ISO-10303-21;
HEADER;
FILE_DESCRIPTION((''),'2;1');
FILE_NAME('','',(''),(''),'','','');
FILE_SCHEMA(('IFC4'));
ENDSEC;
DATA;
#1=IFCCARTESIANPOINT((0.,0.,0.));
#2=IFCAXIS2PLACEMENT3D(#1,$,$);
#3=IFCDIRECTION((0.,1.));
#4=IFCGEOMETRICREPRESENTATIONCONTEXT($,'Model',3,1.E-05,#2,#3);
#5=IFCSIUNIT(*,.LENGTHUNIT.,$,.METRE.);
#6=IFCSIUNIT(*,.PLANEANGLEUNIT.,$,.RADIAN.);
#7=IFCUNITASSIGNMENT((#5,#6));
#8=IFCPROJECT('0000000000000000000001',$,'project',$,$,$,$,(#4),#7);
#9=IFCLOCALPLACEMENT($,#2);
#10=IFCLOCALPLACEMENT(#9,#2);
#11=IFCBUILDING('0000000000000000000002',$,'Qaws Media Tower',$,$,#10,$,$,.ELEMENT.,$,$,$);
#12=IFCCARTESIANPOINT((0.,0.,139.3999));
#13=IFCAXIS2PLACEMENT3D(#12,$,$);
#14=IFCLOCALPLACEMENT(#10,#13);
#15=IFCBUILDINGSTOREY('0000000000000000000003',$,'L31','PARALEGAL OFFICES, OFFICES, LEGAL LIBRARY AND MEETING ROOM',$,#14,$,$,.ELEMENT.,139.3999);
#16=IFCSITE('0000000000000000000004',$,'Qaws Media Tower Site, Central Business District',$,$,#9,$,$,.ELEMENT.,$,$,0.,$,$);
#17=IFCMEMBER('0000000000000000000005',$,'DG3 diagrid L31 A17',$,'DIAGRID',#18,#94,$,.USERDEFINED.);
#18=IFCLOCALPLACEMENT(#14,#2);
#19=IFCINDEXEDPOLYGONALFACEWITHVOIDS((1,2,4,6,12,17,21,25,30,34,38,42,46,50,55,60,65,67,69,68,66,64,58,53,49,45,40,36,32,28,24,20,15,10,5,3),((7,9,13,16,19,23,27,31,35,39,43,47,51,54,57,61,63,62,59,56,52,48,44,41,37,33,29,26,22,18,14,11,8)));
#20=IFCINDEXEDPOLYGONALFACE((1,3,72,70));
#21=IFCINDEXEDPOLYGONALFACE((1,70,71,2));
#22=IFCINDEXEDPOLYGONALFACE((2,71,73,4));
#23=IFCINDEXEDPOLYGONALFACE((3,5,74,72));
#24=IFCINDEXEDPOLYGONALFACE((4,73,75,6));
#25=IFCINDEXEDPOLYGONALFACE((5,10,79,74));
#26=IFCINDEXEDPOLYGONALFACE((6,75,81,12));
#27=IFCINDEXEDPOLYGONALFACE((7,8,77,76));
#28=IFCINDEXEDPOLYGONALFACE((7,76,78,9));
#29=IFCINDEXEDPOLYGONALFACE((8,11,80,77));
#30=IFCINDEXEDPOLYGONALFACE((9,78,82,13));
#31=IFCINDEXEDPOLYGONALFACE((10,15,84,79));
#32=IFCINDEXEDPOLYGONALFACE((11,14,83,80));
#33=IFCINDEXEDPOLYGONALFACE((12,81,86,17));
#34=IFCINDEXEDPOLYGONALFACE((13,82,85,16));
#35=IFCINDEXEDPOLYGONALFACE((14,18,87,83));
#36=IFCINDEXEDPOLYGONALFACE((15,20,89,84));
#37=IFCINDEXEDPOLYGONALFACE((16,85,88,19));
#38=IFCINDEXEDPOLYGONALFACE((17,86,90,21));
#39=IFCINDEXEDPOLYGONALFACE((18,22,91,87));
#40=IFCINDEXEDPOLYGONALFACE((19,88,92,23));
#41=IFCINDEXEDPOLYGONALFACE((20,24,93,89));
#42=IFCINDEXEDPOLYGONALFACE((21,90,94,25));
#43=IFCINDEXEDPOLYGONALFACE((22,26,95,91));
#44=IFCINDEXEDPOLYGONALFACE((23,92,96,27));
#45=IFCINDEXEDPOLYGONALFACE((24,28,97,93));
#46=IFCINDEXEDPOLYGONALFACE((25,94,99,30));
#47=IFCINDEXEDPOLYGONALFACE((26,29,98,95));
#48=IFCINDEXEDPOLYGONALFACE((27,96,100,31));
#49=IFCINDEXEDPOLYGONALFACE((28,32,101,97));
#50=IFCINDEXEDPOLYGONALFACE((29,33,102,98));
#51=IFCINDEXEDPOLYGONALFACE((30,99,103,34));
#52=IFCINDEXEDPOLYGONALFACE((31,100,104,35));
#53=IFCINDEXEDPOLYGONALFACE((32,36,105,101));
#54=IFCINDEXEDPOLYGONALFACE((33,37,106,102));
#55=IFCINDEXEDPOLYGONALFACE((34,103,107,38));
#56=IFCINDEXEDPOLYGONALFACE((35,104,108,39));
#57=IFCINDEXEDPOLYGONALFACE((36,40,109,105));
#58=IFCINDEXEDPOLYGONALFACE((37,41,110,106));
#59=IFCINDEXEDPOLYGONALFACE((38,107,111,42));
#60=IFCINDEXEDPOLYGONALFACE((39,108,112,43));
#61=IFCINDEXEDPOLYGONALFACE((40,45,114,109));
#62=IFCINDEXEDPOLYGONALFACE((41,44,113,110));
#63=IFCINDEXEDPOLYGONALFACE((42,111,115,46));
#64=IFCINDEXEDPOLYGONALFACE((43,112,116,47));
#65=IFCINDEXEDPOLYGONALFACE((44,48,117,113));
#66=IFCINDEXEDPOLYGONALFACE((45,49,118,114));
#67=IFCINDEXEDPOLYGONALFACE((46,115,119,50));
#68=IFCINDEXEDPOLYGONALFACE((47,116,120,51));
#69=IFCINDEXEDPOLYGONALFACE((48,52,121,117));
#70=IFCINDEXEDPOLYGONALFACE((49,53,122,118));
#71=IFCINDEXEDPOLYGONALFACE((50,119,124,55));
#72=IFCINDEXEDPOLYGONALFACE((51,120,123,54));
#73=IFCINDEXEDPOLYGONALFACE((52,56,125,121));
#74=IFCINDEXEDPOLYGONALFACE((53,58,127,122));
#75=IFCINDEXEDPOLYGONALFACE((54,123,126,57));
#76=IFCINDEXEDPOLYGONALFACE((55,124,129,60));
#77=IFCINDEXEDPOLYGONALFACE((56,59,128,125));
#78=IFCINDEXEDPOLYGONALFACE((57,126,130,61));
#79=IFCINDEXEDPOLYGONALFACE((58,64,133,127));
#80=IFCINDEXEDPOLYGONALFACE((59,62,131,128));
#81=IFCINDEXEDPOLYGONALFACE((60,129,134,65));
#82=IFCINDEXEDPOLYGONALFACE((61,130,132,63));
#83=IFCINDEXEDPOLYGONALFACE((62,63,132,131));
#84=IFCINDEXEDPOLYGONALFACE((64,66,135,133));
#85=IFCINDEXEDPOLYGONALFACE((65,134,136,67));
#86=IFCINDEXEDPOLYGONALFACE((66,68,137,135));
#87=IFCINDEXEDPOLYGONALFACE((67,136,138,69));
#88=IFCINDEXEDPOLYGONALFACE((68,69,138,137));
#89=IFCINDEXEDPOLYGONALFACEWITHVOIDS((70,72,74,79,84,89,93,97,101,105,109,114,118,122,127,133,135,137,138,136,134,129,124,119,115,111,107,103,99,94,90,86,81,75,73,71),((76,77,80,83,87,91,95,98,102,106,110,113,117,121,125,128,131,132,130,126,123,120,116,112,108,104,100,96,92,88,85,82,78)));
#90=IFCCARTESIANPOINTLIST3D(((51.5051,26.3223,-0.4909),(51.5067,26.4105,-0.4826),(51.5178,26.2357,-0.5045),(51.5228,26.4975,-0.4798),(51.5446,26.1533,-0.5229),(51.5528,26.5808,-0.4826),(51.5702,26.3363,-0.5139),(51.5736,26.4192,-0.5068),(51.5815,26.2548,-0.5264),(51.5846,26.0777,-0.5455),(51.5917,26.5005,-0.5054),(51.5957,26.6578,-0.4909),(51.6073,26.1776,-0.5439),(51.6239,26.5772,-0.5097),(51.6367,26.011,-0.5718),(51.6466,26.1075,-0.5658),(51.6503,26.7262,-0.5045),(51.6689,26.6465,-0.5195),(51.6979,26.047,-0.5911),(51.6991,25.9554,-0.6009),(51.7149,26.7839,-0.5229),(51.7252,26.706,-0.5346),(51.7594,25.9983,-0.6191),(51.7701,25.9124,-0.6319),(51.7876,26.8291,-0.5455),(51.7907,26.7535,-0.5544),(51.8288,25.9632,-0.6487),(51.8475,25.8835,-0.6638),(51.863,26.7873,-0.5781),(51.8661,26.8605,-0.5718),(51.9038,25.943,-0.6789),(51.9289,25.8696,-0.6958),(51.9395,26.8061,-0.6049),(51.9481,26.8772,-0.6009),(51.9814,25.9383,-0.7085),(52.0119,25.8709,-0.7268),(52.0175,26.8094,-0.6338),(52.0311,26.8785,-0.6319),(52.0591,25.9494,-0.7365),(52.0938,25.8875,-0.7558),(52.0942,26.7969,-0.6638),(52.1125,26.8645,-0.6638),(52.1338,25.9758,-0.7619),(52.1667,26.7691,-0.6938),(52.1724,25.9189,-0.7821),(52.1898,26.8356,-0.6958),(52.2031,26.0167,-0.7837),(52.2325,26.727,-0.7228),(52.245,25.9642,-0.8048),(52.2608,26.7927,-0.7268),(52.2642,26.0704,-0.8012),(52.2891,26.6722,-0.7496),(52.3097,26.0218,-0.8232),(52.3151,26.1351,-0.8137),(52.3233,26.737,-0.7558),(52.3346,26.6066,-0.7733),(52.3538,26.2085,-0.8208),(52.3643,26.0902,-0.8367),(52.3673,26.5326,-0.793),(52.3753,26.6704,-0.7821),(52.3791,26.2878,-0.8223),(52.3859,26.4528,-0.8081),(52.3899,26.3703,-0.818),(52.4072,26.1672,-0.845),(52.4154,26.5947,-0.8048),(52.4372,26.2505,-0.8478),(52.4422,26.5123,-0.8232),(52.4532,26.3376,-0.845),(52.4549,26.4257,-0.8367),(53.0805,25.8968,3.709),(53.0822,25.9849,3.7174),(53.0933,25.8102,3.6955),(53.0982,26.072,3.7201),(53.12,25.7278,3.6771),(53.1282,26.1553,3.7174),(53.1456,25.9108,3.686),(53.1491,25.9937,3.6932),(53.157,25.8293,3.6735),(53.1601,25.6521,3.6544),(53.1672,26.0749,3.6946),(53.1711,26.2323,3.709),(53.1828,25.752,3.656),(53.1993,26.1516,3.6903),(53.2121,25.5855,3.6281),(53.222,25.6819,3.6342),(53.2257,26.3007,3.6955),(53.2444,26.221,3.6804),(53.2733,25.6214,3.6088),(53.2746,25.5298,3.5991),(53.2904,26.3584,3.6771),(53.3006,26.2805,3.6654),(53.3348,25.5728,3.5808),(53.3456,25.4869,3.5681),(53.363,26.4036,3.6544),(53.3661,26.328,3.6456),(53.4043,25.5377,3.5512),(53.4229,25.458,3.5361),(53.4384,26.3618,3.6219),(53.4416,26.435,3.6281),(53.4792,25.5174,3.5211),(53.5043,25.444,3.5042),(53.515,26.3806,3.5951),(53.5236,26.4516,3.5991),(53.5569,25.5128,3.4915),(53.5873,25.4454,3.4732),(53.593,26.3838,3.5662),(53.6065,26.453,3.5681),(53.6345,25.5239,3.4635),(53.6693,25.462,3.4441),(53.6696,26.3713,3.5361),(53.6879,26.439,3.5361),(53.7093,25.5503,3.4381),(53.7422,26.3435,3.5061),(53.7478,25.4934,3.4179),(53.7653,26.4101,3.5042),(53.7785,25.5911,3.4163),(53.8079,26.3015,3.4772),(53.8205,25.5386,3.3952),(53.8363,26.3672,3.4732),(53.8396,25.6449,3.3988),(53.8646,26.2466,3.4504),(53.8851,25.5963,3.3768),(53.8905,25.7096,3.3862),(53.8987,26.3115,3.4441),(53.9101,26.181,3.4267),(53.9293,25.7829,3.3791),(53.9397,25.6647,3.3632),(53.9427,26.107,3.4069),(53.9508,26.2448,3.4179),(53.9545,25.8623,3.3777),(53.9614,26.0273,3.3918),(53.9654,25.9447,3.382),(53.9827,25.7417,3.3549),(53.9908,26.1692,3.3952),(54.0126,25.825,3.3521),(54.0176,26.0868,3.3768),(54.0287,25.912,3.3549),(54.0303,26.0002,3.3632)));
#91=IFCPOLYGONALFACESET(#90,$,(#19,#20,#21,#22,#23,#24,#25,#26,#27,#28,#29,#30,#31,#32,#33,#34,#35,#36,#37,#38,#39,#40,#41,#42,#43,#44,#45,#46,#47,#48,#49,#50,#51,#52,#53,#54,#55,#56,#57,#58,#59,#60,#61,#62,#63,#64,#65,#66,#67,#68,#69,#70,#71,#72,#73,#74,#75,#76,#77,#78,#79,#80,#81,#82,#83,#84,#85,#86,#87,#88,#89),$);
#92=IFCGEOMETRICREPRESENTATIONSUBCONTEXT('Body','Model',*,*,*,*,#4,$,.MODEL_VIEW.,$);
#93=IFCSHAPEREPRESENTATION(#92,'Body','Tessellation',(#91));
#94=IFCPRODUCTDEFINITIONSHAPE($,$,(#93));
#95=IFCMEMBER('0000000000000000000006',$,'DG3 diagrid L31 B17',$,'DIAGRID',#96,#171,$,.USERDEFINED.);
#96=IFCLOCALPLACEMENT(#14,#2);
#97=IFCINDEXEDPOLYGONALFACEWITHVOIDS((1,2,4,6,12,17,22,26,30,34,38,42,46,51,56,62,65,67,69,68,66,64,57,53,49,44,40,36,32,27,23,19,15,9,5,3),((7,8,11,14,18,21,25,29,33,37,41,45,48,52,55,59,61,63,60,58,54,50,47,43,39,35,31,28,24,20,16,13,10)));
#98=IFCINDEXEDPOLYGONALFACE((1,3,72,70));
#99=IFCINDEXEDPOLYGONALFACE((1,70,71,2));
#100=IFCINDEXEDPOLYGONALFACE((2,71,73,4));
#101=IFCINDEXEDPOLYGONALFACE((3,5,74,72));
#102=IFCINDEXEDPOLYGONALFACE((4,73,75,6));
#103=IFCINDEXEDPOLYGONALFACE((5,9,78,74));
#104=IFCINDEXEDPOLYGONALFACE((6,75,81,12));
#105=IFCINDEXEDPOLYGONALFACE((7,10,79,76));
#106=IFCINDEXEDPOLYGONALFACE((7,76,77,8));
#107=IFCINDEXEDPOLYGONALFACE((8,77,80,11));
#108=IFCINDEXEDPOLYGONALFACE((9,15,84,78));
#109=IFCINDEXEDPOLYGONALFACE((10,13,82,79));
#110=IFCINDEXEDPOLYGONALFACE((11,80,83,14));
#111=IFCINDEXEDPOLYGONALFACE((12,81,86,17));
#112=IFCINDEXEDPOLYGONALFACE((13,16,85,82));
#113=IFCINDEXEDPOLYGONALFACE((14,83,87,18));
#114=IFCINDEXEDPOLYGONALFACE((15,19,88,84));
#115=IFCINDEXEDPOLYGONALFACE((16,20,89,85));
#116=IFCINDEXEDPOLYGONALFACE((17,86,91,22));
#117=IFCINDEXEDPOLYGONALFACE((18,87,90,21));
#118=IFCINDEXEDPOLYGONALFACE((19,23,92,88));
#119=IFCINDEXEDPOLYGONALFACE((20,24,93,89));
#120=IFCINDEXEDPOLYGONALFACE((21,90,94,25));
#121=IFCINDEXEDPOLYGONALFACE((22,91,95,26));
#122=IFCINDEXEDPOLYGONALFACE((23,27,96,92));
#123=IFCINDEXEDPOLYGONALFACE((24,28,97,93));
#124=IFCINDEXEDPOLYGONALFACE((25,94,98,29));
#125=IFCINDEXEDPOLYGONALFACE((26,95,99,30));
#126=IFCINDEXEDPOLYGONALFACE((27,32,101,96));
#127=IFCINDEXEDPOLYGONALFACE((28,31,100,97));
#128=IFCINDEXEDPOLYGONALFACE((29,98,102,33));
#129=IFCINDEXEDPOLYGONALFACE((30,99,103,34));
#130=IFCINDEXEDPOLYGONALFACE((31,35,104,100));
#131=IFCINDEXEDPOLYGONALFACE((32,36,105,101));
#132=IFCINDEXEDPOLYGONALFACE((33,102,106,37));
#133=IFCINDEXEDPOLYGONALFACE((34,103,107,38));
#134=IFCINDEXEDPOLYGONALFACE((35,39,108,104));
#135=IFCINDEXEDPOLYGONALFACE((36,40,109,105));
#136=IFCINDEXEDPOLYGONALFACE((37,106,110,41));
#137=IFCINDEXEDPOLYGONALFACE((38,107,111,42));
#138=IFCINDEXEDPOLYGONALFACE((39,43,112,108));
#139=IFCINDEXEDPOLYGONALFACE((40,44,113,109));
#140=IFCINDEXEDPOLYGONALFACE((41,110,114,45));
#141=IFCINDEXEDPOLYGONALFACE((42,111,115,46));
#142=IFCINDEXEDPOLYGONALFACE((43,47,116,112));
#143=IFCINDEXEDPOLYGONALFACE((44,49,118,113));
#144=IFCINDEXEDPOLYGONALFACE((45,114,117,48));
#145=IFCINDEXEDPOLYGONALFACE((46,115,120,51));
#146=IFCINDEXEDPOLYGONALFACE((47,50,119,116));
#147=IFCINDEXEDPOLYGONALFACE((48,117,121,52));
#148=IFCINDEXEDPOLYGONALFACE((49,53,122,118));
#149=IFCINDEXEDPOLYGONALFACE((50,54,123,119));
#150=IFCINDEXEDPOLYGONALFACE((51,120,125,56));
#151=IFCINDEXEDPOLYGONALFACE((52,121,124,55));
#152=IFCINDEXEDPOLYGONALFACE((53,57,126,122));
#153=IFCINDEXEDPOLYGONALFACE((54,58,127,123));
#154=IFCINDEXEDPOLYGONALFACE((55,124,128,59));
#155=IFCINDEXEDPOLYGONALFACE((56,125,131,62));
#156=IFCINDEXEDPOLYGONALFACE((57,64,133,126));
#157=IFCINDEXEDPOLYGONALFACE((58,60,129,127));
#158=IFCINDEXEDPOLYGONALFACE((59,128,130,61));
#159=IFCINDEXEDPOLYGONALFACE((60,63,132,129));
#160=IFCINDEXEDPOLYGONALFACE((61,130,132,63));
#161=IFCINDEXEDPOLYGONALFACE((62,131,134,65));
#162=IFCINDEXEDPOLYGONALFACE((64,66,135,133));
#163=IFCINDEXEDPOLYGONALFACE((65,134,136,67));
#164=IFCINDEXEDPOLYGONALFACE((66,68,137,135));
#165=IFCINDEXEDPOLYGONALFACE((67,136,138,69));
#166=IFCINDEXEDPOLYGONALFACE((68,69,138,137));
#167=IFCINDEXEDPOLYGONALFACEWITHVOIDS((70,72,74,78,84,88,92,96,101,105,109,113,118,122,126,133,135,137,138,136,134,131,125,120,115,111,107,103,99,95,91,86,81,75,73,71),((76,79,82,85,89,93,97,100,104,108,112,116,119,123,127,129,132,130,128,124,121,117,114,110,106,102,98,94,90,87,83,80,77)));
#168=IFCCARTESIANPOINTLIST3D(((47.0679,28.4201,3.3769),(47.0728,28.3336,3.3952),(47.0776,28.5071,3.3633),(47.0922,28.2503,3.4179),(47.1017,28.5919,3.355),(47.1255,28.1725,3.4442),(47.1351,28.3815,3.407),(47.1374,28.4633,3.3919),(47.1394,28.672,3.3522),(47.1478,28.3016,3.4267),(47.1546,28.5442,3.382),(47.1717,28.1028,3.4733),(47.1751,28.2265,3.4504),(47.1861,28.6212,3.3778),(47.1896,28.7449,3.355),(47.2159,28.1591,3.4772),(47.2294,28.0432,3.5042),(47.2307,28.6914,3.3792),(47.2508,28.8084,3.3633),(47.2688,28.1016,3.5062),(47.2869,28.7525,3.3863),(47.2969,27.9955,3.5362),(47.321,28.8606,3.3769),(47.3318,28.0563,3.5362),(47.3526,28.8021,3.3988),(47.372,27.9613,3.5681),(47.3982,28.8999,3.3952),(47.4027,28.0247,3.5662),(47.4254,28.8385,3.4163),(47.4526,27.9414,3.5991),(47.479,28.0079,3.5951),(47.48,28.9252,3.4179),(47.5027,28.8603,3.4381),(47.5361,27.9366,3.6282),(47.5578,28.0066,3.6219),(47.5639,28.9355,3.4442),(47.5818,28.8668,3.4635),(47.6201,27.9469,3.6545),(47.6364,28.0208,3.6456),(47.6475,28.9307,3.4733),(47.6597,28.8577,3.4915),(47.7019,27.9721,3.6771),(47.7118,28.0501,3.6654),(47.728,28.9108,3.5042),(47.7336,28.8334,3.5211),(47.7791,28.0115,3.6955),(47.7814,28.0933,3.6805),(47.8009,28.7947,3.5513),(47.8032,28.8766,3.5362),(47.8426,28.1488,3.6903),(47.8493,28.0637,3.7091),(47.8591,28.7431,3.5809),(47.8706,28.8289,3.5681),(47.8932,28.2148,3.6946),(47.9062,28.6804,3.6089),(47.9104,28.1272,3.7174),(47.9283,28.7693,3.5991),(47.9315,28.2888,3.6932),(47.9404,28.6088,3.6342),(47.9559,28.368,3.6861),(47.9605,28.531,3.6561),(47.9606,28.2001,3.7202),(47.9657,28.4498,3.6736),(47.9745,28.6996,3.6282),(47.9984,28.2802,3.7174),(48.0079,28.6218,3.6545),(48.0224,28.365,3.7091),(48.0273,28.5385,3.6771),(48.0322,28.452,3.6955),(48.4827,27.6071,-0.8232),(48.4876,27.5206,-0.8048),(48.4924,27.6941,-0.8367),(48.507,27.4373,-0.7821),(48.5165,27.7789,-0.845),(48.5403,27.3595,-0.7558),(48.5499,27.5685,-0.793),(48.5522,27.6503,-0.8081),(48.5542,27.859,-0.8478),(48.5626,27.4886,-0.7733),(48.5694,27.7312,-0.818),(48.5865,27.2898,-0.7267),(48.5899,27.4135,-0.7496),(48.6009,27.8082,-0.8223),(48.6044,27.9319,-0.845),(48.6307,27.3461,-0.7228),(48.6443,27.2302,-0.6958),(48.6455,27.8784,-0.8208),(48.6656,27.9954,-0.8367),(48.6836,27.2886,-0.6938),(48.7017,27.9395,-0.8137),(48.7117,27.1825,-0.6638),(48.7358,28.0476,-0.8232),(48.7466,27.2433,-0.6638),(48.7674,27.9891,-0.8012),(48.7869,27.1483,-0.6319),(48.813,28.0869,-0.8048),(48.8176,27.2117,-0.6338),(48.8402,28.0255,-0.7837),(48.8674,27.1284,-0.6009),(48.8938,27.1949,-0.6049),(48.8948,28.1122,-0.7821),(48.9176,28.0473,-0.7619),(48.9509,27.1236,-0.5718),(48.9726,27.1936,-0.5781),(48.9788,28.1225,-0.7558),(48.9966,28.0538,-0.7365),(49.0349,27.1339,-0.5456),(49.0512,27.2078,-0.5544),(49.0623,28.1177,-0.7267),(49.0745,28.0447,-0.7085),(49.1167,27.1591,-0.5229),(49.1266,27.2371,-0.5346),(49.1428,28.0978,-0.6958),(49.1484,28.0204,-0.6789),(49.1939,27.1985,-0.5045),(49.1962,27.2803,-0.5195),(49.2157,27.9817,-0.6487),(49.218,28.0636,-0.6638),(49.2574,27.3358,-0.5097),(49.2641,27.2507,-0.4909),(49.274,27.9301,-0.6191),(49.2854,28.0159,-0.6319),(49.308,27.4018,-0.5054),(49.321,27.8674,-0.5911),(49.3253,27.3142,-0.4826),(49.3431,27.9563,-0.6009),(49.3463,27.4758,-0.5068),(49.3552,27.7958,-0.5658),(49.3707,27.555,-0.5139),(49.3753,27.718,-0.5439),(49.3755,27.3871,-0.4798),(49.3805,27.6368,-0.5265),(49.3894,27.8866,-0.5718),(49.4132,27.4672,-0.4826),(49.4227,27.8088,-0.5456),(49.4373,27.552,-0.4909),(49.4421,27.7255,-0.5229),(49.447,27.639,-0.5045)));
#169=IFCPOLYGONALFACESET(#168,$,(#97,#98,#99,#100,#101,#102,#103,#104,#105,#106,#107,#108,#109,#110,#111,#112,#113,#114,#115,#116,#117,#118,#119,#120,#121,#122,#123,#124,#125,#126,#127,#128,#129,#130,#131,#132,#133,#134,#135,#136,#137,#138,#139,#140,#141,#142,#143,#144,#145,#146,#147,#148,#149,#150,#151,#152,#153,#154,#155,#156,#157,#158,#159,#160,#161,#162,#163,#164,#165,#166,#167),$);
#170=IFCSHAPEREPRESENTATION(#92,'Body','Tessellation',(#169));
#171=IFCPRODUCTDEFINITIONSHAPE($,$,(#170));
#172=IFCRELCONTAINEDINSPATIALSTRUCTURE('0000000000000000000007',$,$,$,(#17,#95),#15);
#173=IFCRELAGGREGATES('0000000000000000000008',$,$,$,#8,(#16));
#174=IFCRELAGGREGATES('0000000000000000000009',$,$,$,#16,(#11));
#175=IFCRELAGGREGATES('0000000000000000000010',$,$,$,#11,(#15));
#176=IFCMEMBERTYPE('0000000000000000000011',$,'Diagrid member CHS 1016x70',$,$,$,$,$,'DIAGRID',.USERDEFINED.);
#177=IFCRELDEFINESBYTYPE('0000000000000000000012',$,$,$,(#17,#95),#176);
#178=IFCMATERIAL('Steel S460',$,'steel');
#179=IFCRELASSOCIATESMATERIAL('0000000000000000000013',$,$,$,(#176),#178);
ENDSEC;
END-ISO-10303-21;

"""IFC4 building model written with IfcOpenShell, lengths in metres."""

from ifc_helpers import new_model, si_unit, direction, frame, origin, origin_2d, place, context, subcontext, project, spatial, hollow_circle, extrude, material, material_profile, profile_set, type_object, element, save


model = new_model("IFC4")

# Units and contexts
model_context = context("Model", 3, precision=1e-05, world=origin(), true_north=direction((0.0, 1.0)))
body_context = subcontext(model_context, "Body", "Model", "MODEL_VIEW")
ifc_project = project(units=[si_unit("LENGTHUNIT", "METRE"), si_unit("PLANEANGLEUNIT", "RADIAN")], contexts=[model_context])

# Site, building, storey
site_placement = place(None, origin())
site = spatial("IfcSite", under=ifc_project, at=site_placement, Name="Qaws Media Tower Site, Central Business District", CompositionType="ELEMENT", RefElevation=0.0)
building_placement = place(site_placement, origin())
building = spatial("IfcBuilding", under=site, at=building_placement, Name="Qaws Media Tower", CompositionType="ELEMENT")
storey_placement = place(building_placement, frame((0.0, 0.0, 139.3999)))
storey = spatial("IfcBuildingStorey", under=building, at=storey_placement, Name="L31", Description="PARALEGAL OFFICES, OFFICES, LEGAL LIBRARY AND MEETING ROOM", CompositionType="ELEMENT", Elevation=139.3999)

# Members
ifc_material_1 = material(Name="Steel S460", Category="steel")
ifc_material_profile_1 = material_profile(ifc_material_1, hollow_circle(Radius=0.5081, WallThickness=0.0701, at=origin_2d()), Name="CHS 1016x70")
ifc_profile_set_1 = profile_set([ifc_material_profile_1], Name="Steel S460")
member_type_1 = type_object("IfcMemberType", Name="Diagrid member CHS 1016x70", ElementType="DIAGRID", PredefinedType="USERDEFINED", material=ifc_profile_set_1)
for number, where, z_axis, x_axis, name in (
    (1, (51.98, 26.374, -0.6638), (0.349643, -0.094441, 0.932111), (0.260762, 0.965403, 0.0), "DG3 diagrid L31 A17"),
    (2, (48.9648, 27.623, -0.6638), (-0.313995, 0.180432, 0.932122), (-0.498232, -0.867044, 0.0), "DG3 diagrid L31 B17"),
):
    element("IfcMember", number, at=place(storey_placement, frame(where, z_axis=z_axis, x_axis=x_axis)), inside=storey, type_object=member_type_1, Name=name, ObjectType="DIAGRID", PredefinedType="USERDEFINED", context=body_context, shape_type="SweptSolid", body=[
        extrude(hollow_circle(Radius=0.5081, WallThickness=0.0701, at=origin_2d()), origin(), (0.0, 0.0, 1.0), 4.5059),
    ])

save(model, "model.ifc")
